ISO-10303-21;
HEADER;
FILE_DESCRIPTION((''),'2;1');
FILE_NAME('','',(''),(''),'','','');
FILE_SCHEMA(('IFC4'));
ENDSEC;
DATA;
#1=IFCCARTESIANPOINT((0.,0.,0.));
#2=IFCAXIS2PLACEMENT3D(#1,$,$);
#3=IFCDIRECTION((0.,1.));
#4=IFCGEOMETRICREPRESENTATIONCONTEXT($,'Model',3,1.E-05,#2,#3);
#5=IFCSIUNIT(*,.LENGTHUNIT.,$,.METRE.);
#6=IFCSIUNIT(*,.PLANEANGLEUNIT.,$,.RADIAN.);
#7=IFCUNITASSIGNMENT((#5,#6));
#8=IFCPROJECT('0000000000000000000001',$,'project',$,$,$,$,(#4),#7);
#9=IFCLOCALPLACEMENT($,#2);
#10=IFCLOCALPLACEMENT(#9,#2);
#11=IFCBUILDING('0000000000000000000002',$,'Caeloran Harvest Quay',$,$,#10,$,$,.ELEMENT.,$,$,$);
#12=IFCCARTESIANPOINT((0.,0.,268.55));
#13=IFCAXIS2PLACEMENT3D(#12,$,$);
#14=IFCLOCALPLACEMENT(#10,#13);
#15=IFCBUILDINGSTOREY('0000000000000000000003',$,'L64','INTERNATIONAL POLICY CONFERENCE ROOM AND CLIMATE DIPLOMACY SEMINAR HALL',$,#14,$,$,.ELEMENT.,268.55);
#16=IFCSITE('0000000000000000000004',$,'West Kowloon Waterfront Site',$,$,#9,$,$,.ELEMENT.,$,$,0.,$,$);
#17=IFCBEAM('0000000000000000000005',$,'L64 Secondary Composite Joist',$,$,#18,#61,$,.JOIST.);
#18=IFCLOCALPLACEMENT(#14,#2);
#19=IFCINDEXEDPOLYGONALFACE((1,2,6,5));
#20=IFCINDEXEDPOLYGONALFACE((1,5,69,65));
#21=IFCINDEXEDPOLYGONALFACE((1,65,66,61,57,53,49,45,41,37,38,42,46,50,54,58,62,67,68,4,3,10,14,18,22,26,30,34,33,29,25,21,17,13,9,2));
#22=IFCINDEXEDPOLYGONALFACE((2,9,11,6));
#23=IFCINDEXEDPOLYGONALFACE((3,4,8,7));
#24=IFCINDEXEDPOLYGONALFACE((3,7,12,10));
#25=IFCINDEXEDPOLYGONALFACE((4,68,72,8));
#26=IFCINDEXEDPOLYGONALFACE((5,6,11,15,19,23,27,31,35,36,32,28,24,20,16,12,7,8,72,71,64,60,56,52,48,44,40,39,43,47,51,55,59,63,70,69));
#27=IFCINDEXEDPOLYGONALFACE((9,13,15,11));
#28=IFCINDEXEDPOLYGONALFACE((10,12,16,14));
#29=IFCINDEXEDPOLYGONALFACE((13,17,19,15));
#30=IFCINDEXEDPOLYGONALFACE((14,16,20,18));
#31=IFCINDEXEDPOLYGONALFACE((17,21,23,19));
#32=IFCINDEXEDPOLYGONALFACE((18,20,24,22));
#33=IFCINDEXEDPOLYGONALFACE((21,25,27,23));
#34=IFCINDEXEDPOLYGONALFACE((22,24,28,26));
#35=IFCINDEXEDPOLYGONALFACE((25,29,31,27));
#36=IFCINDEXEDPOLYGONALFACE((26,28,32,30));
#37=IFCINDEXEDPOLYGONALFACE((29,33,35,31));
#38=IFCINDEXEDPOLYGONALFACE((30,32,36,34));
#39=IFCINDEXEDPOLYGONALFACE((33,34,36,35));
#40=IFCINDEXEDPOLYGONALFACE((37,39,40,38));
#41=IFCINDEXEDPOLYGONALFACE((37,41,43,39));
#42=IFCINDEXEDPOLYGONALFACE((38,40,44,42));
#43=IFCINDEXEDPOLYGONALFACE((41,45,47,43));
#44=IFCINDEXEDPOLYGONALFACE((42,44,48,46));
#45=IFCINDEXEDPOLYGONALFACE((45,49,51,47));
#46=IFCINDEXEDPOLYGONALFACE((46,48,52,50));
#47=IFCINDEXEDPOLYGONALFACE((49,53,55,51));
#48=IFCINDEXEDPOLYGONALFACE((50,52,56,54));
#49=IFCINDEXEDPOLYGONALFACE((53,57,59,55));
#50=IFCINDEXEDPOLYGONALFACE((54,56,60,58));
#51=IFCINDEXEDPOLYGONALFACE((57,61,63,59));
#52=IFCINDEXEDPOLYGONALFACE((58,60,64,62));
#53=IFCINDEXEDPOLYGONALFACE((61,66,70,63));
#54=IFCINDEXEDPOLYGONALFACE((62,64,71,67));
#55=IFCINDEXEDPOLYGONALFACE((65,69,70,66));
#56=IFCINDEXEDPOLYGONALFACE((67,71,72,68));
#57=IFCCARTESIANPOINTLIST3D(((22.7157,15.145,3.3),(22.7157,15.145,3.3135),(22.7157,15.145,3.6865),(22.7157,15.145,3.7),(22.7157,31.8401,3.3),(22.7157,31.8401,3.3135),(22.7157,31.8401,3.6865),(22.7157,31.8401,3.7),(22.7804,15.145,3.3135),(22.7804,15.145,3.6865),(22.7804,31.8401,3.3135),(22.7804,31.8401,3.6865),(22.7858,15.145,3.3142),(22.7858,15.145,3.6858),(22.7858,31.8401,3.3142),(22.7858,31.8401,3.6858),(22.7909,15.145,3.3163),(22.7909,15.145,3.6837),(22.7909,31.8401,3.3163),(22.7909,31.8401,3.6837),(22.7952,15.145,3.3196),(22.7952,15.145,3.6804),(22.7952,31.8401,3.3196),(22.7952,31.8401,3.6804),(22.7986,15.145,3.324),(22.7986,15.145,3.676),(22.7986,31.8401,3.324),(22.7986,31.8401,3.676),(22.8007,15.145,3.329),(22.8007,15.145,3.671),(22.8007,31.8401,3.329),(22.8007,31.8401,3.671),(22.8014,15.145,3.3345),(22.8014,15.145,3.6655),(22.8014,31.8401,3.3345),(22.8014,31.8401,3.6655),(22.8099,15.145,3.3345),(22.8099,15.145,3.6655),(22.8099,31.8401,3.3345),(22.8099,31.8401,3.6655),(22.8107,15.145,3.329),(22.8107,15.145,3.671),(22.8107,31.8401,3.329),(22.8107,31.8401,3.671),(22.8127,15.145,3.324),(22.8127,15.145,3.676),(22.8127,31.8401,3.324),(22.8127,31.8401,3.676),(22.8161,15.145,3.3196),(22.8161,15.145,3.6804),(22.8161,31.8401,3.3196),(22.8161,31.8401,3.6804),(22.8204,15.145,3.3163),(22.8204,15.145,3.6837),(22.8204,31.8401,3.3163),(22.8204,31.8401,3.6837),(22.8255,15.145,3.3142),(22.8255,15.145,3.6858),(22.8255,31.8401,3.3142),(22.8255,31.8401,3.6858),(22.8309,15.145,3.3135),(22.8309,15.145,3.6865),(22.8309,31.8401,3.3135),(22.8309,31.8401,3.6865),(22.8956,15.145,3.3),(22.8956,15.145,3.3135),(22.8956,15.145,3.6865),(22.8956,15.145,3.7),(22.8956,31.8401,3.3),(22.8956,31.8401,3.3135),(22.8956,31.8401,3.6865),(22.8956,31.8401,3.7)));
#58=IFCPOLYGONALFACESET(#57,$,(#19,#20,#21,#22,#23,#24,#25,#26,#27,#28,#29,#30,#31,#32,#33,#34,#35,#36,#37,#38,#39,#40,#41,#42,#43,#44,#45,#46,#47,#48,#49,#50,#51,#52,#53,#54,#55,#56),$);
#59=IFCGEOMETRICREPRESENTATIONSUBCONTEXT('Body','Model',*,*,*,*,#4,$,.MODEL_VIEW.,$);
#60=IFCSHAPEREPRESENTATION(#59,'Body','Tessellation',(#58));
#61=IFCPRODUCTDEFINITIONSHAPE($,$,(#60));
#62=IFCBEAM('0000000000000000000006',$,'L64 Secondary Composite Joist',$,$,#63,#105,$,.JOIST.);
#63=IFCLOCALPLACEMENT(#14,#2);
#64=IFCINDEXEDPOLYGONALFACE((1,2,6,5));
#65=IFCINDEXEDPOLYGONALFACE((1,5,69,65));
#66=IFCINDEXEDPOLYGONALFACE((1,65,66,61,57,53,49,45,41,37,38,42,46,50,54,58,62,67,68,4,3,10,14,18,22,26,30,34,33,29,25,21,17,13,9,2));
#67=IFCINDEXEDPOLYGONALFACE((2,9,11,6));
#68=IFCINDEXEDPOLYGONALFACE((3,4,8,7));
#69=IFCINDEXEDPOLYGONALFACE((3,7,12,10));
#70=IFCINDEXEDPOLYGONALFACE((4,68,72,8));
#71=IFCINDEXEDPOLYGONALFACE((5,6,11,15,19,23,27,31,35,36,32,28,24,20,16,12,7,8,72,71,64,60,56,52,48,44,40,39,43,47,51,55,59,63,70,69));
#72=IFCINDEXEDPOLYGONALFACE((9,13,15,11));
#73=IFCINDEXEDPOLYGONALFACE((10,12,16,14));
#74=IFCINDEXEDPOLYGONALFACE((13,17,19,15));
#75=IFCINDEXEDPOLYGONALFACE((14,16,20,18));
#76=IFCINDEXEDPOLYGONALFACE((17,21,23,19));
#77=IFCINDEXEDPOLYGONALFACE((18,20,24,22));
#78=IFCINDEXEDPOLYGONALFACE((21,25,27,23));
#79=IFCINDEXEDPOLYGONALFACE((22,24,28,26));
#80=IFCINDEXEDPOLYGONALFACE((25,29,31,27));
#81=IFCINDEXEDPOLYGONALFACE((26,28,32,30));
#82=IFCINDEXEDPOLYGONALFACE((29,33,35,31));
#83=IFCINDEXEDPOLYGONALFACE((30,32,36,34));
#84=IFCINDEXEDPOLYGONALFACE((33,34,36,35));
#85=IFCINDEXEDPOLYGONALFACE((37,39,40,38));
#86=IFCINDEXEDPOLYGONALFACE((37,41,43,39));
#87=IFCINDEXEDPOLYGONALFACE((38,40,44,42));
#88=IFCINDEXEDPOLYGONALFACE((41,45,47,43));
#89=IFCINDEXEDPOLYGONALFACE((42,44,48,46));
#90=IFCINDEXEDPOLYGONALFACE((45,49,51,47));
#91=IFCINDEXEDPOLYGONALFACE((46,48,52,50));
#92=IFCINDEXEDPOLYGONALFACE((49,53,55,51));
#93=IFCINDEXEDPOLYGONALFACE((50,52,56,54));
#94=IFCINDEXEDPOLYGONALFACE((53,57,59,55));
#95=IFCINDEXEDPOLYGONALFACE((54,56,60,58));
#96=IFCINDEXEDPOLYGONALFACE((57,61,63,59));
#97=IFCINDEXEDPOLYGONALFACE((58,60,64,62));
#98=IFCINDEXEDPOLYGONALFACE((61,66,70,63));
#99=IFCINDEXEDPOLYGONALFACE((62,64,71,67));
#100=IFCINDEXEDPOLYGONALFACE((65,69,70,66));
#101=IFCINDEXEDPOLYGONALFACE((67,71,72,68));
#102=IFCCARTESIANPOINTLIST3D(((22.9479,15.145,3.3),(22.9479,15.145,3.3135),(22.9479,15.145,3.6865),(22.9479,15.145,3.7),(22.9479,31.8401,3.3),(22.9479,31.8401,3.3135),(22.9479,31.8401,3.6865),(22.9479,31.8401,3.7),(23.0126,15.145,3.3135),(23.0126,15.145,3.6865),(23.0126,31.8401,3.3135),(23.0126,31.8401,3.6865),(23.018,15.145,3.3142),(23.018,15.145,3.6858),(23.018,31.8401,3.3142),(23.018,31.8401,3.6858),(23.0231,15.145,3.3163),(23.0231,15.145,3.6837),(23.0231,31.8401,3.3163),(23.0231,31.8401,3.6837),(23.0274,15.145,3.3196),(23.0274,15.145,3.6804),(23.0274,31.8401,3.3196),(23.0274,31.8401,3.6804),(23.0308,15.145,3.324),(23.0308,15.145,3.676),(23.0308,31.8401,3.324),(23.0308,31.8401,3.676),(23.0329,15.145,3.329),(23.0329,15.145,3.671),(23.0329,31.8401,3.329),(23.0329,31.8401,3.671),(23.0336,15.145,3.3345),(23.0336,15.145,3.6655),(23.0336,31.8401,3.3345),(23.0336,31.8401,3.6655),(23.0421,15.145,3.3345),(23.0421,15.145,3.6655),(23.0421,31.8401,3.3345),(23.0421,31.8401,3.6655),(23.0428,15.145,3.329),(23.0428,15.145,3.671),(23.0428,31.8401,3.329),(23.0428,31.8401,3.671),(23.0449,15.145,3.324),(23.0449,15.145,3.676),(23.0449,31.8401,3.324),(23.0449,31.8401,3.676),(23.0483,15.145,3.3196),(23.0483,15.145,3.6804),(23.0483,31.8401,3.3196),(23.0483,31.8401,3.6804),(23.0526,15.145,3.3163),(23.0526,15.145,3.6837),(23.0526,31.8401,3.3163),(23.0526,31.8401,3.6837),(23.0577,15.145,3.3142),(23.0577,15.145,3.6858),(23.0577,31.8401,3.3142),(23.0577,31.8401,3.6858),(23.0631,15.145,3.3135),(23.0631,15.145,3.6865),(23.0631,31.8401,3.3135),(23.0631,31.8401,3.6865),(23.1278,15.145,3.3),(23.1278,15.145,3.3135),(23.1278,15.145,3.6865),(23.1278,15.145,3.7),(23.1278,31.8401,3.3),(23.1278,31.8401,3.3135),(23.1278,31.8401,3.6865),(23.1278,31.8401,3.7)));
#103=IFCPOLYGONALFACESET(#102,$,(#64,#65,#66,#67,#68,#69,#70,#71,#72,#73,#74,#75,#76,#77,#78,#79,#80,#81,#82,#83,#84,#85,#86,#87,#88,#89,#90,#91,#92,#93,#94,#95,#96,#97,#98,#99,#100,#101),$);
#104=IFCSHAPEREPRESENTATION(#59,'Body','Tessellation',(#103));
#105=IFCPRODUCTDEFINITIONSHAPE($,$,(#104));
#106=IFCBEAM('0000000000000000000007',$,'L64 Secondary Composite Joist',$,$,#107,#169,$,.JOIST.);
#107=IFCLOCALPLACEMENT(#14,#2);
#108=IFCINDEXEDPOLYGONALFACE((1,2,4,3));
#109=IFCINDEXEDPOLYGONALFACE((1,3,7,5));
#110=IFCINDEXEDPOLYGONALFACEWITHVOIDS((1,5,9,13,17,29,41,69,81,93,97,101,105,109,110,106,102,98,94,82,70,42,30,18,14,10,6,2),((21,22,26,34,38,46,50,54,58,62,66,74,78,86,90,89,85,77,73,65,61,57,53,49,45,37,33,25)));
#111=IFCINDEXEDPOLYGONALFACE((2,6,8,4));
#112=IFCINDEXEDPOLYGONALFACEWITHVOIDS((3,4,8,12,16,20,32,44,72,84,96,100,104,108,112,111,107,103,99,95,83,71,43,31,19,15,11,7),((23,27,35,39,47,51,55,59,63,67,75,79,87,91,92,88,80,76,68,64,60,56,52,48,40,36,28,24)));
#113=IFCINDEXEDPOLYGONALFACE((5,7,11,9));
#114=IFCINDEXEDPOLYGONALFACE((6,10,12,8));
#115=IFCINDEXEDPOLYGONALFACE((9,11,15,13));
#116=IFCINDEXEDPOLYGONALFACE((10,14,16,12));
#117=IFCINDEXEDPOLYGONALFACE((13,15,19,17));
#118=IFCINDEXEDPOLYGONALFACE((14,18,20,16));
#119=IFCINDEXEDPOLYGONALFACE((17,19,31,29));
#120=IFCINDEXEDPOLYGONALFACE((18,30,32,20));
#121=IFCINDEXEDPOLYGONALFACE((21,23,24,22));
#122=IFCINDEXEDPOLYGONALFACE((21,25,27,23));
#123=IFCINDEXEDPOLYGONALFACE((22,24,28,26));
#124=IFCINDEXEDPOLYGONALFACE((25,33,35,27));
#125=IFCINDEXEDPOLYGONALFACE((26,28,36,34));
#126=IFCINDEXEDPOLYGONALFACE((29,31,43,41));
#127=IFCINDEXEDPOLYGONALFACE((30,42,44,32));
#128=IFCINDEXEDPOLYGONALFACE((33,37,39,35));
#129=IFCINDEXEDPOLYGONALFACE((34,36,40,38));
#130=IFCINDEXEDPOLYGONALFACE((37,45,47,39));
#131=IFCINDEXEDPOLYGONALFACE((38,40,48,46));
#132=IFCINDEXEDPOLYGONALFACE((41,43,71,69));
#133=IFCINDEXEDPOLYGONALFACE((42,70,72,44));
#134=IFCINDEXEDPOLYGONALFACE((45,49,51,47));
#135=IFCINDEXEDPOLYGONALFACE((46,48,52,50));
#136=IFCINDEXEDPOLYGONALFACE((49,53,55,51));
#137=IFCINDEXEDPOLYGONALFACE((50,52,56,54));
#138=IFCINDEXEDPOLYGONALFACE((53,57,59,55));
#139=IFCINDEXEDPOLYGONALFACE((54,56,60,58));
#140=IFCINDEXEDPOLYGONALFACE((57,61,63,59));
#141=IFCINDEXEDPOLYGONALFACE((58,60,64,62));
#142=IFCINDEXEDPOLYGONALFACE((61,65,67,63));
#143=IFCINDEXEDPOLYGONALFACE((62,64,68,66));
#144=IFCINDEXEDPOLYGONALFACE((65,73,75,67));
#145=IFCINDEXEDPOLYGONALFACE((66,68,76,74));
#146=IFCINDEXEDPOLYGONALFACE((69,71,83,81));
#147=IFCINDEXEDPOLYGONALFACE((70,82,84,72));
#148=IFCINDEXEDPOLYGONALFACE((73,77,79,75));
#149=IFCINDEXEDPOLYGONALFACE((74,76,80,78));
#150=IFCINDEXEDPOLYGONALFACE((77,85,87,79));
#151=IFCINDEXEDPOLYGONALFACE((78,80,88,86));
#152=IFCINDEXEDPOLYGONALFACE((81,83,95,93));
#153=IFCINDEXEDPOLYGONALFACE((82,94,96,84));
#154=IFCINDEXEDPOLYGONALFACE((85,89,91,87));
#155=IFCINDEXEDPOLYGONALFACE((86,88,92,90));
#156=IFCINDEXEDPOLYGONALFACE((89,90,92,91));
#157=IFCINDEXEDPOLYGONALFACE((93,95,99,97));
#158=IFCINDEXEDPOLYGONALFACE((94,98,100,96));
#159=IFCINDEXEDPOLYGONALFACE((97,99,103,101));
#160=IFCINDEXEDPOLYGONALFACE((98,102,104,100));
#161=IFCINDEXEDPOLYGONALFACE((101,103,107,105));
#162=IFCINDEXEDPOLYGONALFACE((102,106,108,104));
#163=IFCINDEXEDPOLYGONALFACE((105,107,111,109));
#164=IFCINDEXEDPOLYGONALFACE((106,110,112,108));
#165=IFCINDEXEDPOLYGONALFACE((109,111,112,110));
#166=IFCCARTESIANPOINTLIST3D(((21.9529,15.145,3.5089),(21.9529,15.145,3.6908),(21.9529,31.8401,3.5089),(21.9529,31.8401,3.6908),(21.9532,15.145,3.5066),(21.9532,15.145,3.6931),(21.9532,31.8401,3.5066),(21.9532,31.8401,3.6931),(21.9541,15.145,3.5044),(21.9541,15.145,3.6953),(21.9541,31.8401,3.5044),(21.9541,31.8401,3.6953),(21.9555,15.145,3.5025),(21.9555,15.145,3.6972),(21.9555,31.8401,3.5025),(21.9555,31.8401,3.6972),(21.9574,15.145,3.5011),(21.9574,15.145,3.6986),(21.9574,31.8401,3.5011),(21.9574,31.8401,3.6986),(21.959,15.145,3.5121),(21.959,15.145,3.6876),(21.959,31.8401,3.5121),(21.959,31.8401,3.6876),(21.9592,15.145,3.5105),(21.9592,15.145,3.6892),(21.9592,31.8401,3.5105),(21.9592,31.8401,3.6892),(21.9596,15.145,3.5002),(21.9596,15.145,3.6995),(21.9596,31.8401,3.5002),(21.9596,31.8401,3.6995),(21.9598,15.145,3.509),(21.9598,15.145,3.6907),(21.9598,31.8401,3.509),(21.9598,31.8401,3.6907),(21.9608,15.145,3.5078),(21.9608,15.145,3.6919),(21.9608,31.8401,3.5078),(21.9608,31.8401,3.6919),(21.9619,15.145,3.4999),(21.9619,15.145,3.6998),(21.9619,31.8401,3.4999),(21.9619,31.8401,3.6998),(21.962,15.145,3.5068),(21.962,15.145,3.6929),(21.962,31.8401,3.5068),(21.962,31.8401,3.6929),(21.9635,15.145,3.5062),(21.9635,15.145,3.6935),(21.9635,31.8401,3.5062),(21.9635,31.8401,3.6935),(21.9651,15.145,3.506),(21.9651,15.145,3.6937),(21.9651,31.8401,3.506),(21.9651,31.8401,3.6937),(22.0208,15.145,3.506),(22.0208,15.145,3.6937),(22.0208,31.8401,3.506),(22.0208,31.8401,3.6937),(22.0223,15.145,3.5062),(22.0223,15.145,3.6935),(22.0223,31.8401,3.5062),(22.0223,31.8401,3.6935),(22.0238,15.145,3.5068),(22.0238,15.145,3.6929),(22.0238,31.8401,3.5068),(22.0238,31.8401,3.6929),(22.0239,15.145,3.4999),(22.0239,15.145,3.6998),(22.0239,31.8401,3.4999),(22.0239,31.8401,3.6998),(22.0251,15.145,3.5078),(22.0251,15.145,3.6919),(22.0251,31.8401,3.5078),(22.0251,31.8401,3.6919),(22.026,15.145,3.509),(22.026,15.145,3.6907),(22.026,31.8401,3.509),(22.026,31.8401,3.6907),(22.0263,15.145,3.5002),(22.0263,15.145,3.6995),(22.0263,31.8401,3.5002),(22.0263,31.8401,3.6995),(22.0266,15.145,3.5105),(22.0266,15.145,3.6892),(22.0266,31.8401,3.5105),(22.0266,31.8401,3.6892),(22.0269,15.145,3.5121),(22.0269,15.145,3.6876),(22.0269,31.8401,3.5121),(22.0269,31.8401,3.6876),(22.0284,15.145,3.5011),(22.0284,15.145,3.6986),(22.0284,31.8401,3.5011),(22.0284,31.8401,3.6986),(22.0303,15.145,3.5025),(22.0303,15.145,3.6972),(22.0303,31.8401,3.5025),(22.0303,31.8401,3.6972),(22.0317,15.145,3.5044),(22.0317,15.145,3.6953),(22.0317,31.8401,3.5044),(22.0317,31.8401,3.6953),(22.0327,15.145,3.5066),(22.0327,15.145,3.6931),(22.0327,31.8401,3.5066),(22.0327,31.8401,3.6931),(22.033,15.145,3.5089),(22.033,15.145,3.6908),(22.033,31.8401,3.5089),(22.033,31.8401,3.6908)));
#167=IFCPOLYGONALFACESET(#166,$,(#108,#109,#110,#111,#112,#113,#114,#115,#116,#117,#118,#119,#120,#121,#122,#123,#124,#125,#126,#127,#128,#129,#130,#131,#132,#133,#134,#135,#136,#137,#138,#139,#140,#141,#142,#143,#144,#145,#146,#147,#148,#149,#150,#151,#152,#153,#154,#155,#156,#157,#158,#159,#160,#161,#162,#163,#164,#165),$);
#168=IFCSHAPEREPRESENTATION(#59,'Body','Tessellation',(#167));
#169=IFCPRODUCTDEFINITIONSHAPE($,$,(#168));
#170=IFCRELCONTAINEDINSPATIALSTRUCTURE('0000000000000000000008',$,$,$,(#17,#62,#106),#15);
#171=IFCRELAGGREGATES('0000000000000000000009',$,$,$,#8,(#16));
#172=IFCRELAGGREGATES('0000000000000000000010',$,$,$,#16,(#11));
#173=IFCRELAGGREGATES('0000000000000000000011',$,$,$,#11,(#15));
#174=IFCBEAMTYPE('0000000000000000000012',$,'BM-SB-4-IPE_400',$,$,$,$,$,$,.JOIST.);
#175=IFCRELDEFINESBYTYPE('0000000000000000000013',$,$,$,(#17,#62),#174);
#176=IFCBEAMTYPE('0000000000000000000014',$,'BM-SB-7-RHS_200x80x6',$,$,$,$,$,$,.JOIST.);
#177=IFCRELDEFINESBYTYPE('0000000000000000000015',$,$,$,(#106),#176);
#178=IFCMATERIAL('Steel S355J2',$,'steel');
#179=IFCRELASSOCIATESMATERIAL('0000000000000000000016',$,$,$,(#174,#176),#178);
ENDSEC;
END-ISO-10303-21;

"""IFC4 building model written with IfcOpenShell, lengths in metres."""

from ifc_helpers import new_model, si_unit, direction, frame, origin, origin_2d, place, context, subcontext, project, spatial, hollow_rectangle, i_section, extrude, material, material_profile, profile_set, type_object, element, save


model = new_model("IFC4")

# Units and contexts
model_context = context("Model", 3, precision=1e-05, world=origin(), true_north=direction((0.0, 1.0)))
body_context = subcontext(model_context, "Body", "Model", "MODEL_VIEW")
ifc_project = project(units=[si_unit("LENGTHUNIT", "METRE"), si_unit("PLANEANGLEUNIT", "RADIAN")], contexts=[model_context])

# Site, building, storey
site_placement = place(None, origin())
site = spatial("IfcSite", under=ifc_project, at=site_placement, Name="West Kowloon Waterfront Site", CompositionType="ELEMENT", RefElevation=0.0)
building_placement = place(site_placement, origin())
building = spatial("IfcBuilding", under=site, at=building_placement, Name="Caeloran Harvest Quay", CompositionType="ELEMENT")
storey_placement = place(building_placement, frame((0.0, 0.0, 268.55)))
storey = spatial("IfcBuildingStorey", under=building, at=storey_placement, Name="L64", Description="INTERNATIONAL POLICY CONFERENCE ROOM AND CLIMATE DIPLOMACY SEMINAR HALL", CompositionType="ELEMENT", Elevation=268.55)

# Beams
ifc_material_1 = material(Name="Steel S355J2", Category="steel")
ifc_material_profile_1 = material_profile(ifc_material_1, i_section(OverallWidth=0.1799, OverallDepth=0.3999, WebThickness=0.0085, FlangeThickness=0.0134, FilletRadius=0.021, at=origin_2d()), Name="IPE 400")
ifc_profile_set_1 = profile_set([ifc_material_profile_1], Name="Steel S355J2")
beam_type_1 = type_object("IfcBeamType", Name="BM-SB-4-IPE_400", PredefinedType="JOIST", material=ifc_profile_set_1)
for number, where, z_axis, x_axis, name in (
    (1, (22.8057, 15.145, 3.5), (0.0, 1.0, 0.0), (-1.0, 0.0, 0.0), "L64 Secondary Composite Joist"),
    (2, (23.0378, 15.145, 3.5), (0.0, 1.0, 0.0), (-1.0, 0.0, 0.0), "L64 Secondary Composite Joist"),
):
    element("IfcBeam", number, at=place(storey_placement, frame(where, z_axis=z_axis, x_axis=x_axis)), inside=storey, type_object=beam_type_1, Name=name, PredefinedType="JOIST", context=body_context, shape_type="SweptSolid", body=[
        extrude(i_section(OverallWidth=0.1799, OverallDepth=0.3999, WebThickness=0.0085, FlangeThickness=0.0134, FilletRadius=0.021, at=origin_2d()), origin(), (0.0, 0.0, 1.0), 16.6951),
    ])
ifc_material_profile_2 = material_profile(ifc_material_1, hollow_rectangle(XDim=0.0801, YDim=0.2, WallThickness=0.0061, InnerFilletRadius=0.0061, OuterFilletRadius=0.009, at=origin_2d()), Name="RHS 200x80x6")
ifc_profile_set_2 = profile_set([ifc_material_profile_2], Name="Steel S355J2")
beam_type_2 = type_object("IfcBeamType", Name="BM-SB-7-RHS_200x80x6", PredefinedType="JOIST", material=ifc_profile_set_2)
for number, where, z_axis, x_axis, name in (
    (3, (21.9929, 15.145, 3.5999), (0.0, 1.0, 0.0), (-1.0, 0.0, 0.0), "L64 Secondary Composite Joist"),
):
    element("IfcBeam", number, at=place(storey_placement, frame(where, z_axis=z_axis, x_axis=x_axis)), inside=storey, type_object=beam_type_2, Name=name, PredefinedType="JOIST", context=body_context, shape_type="SweptSolid", body=[
        extrude(hollow_rectangle(XDim=0.0801, YDim=0.2, WallThickness=0.0061, InnerFilletRadius=0.0061, OuterFilletRadius=0.009, at=origin_2d()), origin(), (0.0, 0.0, 1.0), 16.6951),
    ])

save(model, "model.ifc")
